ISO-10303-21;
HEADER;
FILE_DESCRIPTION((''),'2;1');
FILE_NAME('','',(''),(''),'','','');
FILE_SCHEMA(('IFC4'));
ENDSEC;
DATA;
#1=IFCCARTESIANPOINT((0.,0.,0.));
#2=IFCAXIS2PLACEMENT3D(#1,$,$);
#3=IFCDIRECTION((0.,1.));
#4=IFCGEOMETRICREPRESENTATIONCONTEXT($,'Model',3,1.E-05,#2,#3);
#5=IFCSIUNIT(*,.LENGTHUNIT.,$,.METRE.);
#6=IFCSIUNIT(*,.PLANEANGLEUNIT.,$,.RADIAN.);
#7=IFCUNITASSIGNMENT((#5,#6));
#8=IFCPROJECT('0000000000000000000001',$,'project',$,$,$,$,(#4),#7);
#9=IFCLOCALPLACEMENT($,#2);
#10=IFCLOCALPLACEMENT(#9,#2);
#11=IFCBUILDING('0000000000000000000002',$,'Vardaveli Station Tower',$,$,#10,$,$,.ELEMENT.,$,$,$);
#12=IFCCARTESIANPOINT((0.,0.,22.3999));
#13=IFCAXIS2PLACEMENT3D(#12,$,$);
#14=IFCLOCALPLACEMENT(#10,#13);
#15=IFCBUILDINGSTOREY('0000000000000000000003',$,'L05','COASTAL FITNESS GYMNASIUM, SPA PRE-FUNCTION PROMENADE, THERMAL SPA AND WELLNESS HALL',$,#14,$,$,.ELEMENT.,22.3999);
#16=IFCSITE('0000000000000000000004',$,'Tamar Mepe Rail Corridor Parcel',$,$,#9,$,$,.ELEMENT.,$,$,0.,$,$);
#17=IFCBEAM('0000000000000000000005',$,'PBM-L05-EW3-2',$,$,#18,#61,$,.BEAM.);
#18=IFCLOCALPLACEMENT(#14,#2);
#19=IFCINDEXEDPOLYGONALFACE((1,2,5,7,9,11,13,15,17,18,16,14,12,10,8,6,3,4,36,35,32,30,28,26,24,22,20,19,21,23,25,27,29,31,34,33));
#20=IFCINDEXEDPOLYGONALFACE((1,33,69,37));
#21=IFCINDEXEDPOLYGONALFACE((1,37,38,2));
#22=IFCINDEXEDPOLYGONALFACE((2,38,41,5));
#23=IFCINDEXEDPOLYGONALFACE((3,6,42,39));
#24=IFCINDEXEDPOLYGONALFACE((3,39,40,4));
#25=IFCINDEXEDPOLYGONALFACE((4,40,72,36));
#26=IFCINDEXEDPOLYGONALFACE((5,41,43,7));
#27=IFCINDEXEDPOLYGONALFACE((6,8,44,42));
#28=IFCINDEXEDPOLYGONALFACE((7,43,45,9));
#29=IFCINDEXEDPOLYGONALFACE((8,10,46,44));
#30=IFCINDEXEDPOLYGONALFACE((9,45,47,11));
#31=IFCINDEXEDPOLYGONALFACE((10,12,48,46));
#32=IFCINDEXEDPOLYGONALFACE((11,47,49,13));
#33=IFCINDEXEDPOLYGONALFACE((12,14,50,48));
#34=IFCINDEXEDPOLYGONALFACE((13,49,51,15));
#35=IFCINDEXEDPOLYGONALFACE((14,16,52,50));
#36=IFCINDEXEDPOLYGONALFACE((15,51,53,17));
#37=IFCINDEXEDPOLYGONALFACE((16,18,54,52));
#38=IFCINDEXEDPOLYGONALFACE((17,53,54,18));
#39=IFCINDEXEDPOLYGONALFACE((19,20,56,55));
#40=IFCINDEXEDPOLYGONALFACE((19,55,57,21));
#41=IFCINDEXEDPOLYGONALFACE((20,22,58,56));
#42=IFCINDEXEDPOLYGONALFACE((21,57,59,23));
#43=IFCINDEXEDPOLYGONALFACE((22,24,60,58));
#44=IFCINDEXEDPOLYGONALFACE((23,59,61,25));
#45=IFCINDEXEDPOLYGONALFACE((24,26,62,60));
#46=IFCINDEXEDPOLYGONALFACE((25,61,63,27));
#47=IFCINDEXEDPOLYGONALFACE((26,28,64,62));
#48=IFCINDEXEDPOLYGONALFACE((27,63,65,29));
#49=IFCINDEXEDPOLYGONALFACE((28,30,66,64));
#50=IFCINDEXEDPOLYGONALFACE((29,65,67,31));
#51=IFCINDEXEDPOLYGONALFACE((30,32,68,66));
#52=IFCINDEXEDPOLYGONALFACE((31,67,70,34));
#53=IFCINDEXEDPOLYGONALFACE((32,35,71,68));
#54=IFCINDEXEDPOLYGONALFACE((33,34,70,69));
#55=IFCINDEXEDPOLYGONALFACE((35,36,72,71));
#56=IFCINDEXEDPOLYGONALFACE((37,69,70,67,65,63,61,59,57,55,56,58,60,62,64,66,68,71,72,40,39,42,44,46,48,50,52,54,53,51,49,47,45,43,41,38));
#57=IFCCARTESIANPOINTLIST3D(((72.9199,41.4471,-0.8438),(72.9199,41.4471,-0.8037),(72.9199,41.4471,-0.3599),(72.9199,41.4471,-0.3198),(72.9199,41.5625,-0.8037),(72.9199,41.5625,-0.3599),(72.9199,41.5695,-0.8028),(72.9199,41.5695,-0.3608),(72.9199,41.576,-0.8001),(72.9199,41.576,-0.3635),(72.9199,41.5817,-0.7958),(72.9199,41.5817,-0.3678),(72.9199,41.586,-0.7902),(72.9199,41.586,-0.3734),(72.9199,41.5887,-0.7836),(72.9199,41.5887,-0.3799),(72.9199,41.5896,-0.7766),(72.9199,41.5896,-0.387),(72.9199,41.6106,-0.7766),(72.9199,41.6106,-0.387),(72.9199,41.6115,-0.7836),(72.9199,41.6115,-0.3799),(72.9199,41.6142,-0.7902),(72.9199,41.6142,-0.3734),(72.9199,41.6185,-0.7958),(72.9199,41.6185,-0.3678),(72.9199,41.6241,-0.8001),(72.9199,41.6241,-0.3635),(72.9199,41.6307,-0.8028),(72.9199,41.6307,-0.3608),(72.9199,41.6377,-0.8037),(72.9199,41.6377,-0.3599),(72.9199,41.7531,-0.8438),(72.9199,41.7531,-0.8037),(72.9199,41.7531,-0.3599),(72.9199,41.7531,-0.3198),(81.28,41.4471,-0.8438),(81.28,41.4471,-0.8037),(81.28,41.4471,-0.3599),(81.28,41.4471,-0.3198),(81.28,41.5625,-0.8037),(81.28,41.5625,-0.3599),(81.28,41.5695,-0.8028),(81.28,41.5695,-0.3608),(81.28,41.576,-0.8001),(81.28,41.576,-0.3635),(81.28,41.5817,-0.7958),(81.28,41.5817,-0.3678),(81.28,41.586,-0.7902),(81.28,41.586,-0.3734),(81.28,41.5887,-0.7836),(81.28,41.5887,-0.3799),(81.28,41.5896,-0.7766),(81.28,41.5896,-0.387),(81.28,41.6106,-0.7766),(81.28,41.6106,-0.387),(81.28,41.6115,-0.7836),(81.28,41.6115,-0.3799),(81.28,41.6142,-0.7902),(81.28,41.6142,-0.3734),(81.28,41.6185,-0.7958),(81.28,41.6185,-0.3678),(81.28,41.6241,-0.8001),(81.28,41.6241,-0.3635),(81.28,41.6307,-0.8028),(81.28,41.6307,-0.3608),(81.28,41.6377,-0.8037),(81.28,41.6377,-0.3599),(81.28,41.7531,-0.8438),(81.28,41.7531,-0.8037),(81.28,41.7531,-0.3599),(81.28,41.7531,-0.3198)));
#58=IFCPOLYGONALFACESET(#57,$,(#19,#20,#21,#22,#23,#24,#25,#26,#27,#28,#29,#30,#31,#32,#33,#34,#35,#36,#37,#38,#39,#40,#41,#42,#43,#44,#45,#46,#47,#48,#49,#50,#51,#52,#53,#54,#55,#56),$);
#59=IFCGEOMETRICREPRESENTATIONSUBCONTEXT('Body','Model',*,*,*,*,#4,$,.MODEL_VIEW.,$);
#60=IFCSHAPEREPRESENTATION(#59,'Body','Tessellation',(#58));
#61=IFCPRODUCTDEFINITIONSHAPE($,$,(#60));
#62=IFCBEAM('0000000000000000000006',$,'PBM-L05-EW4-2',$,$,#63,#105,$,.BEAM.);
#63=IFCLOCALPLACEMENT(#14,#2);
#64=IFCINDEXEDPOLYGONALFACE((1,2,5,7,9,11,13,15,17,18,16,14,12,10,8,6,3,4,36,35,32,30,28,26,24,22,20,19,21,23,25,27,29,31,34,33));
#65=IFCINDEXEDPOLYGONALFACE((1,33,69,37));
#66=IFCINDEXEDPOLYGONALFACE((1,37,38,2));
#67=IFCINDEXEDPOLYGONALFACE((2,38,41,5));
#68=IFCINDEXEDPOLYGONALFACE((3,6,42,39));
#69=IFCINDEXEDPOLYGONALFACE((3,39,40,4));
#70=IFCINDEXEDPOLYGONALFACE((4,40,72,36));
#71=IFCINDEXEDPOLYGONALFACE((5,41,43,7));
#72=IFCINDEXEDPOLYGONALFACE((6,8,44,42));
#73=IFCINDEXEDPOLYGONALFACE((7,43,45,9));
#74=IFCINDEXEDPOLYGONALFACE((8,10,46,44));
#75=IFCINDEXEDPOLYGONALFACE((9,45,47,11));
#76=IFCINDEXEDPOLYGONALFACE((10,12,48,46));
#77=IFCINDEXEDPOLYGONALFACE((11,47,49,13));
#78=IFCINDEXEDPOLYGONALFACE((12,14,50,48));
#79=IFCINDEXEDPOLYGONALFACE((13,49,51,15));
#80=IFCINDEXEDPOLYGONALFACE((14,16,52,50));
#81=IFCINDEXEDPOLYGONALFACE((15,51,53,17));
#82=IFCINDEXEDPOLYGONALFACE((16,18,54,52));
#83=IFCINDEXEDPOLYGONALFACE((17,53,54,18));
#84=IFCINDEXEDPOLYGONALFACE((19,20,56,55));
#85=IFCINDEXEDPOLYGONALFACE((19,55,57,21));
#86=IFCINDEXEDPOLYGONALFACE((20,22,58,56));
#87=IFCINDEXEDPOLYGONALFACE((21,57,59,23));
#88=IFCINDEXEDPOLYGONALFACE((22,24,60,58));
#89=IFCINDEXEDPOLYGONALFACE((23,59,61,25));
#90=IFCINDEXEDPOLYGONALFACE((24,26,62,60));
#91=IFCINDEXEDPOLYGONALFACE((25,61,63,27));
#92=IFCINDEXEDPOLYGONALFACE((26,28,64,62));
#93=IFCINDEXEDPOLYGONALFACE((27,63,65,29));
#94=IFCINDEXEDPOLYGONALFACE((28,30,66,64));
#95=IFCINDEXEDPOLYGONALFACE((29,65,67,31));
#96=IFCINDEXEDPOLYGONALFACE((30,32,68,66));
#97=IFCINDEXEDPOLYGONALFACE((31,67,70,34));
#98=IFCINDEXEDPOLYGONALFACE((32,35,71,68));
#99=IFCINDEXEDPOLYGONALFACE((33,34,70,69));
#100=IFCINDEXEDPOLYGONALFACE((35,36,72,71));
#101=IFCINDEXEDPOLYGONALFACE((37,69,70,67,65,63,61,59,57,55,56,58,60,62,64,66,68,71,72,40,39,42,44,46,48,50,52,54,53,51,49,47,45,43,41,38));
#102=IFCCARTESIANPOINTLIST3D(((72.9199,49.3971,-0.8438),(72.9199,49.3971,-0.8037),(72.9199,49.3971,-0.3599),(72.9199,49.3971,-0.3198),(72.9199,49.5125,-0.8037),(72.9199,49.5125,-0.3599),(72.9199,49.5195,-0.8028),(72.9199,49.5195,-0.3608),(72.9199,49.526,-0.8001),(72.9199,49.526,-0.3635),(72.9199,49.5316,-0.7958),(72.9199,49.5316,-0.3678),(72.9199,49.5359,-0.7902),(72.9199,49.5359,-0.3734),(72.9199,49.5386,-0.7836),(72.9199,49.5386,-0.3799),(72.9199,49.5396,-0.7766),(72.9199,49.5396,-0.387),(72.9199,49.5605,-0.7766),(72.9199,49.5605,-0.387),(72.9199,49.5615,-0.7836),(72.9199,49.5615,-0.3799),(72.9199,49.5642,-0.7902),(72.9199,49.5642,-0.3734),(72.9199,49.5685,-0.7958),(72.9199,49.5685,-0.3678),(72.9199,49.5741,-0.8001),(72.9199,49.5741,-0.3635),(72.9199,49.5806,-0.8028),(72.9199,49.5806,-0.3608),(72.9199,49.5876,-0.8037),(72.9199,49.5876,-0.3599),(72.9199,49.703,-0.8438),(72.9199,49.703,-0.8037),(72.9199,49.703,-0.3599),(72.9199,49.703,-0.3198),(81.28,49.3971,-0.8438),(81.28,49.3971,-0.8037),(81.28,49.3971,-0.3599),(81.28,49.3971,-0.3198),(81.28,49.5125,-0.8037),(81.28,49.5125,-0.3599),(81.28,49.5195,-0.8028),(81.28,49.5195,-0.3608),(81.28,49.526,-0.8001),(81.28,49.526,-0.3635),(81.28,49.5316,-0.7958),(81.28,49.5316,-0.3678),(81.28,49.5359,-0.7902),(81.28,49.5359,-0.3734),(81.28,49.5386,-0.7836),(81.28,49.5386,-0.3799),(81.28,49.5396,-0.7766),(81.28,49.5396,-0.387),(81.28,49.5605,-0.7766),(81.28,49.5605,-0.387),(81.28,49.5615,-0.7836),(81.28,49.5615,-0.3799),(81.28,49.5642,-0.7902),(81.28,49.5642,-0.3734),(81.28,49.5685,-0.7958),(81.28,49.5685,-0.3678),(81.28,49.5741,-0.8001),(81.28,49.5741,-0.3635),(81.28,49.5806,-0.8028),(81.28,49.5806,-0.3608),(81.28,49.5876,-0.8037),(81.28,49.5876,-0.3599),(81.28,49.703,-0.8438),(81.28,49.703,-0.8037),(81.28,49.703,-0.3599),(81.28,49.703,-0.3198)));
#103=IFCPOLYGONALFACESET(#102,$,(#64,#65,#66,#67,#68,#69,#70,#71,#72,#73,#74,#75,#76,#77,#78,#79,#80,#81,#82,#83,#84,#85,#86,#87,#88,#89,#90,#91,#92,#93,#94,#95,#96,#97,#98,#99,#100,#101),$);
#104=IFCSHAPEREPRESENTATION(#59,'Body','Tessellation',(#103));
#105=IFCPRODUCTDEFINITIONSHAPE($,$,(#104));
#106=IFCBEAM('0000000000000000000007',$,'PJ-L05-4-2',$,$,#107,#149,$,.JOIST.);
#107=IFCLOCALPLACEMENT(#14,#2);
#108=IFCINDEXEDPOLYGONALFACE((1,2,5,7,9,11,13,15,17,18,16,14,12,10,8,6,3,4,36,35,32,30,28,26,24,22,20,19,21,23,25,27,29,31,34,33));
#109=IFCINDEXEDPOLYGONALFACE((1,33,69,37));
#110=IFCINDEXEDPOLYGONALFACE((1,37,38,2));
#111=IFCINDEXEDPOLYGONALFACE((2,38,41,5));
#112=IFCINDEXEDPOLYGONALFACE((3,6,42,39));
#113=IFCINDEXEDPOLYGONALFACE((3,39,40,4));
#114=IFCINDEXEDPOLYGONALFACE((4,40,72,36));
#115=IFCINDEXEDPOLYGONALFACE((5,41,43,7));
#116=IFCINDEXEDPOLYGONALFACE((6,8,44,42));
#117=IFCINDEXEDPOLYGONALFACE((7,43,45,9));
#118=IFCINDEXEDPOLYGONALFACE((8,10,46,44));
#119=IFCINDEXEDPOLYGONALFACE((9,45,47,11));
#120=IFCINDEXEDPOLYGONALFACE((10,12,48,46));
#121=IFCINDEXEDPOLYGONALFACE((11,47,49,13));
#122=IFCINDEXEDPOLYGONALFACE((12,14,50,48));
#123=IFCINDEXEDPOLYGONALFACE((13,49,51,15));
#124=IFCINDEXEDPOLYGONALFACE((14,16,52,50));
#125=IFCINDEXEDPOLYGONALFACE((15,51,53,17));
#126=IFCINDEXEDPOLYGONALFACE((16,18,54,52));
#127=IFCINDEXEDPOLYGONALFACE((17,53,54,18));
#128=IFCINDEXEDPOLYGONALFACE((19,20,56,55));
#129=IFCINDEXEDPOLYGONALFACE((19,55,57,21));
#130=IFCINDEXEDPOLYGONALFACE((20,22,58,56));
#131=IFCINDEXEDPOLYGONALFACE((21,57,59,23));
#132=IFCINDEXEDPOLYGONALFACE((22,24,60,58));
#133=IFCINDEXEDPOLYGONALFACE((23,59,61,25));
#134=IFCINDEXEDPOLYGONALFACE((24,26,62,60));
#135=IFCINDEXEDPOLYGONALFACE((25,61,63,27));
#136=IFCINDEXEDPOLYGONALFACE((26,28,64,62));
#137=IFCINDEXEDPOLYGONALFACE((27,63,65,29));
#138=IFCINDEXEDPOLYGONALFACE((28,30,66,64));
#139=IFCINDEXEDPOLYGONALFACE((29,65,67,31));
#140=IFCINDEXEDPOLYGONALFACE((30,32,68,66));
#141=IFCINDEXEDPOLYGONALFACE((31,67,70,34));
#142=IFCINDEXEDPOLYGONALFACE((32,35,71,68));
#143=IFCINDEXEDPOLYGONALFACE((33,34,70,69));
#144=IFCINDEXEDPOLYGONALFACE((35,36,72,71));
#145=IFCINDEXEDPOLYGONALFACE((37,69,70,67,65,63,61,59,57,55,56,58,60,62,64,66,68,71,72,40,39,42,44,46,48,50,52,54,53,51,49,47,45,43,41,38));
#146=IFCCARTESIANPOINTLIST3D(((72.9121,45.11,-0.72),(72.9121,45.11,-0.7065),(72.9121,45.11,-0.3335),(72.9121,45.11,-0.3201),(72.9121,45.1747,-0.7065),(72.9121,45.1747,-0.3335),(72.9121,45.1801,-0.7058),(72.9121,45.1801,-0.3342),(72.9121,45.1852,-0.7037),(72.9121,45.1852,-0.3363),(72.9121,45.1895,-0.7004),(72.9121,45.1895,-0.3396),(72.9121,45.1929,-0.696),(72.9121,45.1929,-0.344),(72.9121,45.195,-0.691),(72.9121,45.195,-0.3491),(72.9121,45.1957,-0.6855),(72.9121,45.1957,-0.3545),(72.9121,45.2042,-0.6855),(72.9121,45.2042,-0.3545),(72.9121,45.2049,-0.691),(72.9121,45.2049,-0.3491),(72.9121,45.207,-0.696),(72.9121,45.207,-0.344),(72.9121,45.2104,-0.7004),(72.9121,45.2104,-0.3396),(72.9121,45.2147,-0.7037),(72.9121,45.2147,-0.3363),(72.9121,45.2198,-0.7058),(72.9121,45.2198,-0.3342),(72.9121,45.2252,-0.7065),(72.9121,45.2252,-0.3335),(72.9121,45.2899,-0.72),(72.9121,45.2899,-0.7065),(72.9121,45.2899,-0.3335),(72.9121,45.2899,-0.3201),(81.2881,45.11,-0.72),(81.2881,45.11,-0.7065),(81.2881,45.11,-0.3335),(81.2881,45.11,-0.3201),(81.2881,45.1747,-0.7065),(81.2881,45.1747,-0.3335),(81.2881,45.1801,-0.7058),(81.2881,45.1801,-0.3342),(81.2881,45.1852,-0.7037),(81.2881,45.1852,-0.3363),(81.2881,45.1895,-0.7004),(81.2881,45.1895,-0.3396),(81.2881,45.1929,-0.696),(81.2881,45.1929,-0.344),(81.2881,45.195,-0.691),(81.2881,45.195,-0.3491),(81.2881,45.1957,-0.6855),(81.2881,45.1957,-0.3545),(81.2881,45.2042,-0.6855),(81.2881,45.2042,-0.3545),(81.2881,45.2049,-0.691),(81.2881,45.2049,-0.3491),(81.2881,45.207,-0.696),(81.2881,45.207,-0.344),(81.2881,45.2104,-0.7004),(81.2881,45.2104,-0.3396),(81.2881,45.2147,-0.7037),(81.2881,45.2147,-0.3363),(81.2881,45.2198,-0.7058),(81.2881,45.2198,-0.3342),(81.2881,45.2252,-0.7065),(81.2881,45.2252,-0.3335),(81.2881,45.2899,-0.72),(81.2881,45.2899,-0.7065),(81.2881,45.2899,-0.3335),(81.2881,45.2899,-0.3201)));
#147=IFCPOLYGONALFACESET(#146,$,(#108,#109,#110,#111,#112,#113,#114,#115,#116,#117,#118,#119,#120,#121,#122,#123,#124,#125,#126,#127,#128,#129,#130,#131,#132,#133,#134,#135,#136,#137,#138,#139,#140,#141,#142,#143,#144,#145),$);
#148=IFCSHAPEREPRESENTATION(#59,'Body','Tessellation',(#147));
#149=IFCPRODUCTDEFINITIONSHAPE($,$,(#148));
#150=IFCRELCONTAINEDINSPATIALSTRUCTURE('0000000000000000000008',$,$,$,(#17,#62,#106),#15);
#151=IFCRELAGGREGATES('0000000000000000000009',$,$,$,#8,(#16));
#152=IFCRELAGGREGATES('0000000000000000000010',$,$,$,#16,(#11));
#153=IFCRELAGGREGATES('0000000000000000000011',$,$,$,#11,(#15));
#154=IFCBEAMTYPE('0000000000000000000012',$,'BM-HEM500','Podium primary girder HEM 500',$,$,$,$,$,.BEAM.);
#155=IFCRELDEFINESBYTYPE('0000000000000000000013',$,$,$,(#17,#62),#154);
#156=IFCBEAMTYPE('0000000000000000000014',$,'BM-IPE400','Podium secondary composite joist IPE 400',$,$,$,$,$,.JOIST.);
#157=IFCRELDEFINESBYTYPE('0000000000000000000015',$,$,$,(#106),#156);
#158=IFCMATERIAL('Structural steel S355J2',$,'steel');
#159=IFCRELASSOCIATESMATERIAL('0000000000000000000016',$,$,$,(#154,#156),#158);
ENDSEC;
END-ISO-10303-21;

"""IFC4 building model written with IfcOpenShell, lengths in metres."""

from ifc_helpers import new_model, si_unit, direction, frame, origin, origin_2d, place, context, subcontext, project, spatial, i_section, extrude, source, transform, mapped, material, material_profile, profile_set, type_object, element, save


model = new_model("IFC4")

# Units and contexts
model_context = context("Model", 3, precision=1e-05, world=origin(), true_north=direction((0.0, 1.0)))
body_context = subcontext(model_context, "Body", "Model", "MODEL_VIEW")
ifc_project = project(units=[si_unit("LENGTHUNIT", "METRE"), si_unit("PLANEANGLEUNIT", "RADIAN")], contexts=[model_context])

# Site, building, storey
site_placement = place(None, origin())
site = spatial("IfcSite", under=ifc_project, at=site_placement, Name="Tamar Mepe Rail Corridor Parcel", CompositionType="ELEMENT", RefElevation=0.0)
building_placement = place(site_placement, origin())
building = spatial("IfcBuilding", under=site, at=building_placement, Name="Vardaveli Station Tower", CompositionType="ELEMENT")
storey_placement = place(building_placement, frame((0.0, 0.0, 22.3999)))
storey = spatial("IfcBuildingStorey", under=building, at=storey_placement, Name="L05", Description="COASTAL FITNESS GYMNASIUM, SPA PRE-FUNCTION PROMENADE, THERMAL SPA AND WELLNESS HALL", CompositionType="ELEMENT", Elevation=22.3999)

# Beams
ifc_material_1 = material(Name="Structural steel S355J2", Category="steel")
ifc_material_profile_1 = material_profile(ifc_material_1, i_section(OverallWidth=0.3059, OverallDepth=0.5239, WebThickness=0.021, FlangeThickness=0.04, FilletRadius=0.0271, at=origin_2d()), Name="HEM 500")
ifc_profile_set_1 = profile_set([ifc_material_profile_1], Name="Structural steel S355J2")
beam_type_1 = type_object("IfcBeamType", Name="BM-HEM500", Description="Podium primary girder HEM 500", PredefinedType="BEAM", material=ifc_profile_set_1)
ifc_material_profile_2 = material_profile(ifc_material_1, i_section(OverallWidth=0.1799, OverallDepth=0.3999, WebThickness=0.0085, FlangeThickness=0.0134, FilletRadius=0.021, at=origin_2d()), Name="IPE 400")
ifc_profile_set_2 = profile_set([ifc_material_profile_2], Name="Structural steel S355J2")
beam_type_2 = type_object("IfcBeamType", Name="BM-IPE400", Description="Podium secondary composite joist IPE 400", PredefinedType="JOIST", material=ifc_profile_set_2)
shared_shape_1 = source(origin(), body_context, "Body", "SweptSolid", [
    extrude(i_section(OverallWidth=0.3059, OverallDepth=0.5239, WebThickness=0.021, FlangeThickness=0.04, FilletRadius=0.0271, at=origin_2d()), origin(), (0.0, 0.0, 1.0), 8.3601),
])
for number, where, z_axis, x_axis, name in (
    (1, (72.9199, 41.6001, -0.5818), (1.0, 0.0, 0.0), (0.0, 1.0, 0.0), "PBM-L05-EW3-2"),
    (2, (72.9199, 49.55, -0.5818), (1.0, 0.0, 0.0), (0.0, 1.0, 0.0), "PBM-L05-EW4-2"),
):
    element("IfcBeam", number, at=place(storey_placement, frame(where, z_axis=z_axis, x_axis=x_axis)), inside=storey, type_object=beam_type_1, Name=name, PredefinedType="BEAM", context=body_context, shape_type="MappedRepresentation", body=[
        mapped(shared_shape_1, transform((0.0, 0.0, 0.0), scale=1.0)),
    ])
shared_shape_2 = source(origin(), body_context, "Body", "SweptSolid", [
    extrude(i_section(OverallWidth=0.1799, OverallDepth=0.3999, WebThickness=0.0085, FlangeThickness=0.0134, FilletRadius=0.021, at=origin_2d()), origin(), (0.0, 0.0, 1.0), 8.376),
])
beam_1_placement = place(storey_placement, frame((72.9121, 45.2, -0.52), z_axis=(1.0, 0.0, 0.0), x_axis=(0.0, 1.0, 0.0)))
element("IfcBeam", 3, at=beam_1_placement, inside=storey, type_object=beam_type_2, Name="PJ-L05-4-2", PredefinedType="JOIST", context=body_context, shape_type="MappedRepresentation", body=[
    mapped(shared_shape_2, transform((0.0, 0.0, 0.0), scale=1.0)),
])

save(model, "model.ifc")
